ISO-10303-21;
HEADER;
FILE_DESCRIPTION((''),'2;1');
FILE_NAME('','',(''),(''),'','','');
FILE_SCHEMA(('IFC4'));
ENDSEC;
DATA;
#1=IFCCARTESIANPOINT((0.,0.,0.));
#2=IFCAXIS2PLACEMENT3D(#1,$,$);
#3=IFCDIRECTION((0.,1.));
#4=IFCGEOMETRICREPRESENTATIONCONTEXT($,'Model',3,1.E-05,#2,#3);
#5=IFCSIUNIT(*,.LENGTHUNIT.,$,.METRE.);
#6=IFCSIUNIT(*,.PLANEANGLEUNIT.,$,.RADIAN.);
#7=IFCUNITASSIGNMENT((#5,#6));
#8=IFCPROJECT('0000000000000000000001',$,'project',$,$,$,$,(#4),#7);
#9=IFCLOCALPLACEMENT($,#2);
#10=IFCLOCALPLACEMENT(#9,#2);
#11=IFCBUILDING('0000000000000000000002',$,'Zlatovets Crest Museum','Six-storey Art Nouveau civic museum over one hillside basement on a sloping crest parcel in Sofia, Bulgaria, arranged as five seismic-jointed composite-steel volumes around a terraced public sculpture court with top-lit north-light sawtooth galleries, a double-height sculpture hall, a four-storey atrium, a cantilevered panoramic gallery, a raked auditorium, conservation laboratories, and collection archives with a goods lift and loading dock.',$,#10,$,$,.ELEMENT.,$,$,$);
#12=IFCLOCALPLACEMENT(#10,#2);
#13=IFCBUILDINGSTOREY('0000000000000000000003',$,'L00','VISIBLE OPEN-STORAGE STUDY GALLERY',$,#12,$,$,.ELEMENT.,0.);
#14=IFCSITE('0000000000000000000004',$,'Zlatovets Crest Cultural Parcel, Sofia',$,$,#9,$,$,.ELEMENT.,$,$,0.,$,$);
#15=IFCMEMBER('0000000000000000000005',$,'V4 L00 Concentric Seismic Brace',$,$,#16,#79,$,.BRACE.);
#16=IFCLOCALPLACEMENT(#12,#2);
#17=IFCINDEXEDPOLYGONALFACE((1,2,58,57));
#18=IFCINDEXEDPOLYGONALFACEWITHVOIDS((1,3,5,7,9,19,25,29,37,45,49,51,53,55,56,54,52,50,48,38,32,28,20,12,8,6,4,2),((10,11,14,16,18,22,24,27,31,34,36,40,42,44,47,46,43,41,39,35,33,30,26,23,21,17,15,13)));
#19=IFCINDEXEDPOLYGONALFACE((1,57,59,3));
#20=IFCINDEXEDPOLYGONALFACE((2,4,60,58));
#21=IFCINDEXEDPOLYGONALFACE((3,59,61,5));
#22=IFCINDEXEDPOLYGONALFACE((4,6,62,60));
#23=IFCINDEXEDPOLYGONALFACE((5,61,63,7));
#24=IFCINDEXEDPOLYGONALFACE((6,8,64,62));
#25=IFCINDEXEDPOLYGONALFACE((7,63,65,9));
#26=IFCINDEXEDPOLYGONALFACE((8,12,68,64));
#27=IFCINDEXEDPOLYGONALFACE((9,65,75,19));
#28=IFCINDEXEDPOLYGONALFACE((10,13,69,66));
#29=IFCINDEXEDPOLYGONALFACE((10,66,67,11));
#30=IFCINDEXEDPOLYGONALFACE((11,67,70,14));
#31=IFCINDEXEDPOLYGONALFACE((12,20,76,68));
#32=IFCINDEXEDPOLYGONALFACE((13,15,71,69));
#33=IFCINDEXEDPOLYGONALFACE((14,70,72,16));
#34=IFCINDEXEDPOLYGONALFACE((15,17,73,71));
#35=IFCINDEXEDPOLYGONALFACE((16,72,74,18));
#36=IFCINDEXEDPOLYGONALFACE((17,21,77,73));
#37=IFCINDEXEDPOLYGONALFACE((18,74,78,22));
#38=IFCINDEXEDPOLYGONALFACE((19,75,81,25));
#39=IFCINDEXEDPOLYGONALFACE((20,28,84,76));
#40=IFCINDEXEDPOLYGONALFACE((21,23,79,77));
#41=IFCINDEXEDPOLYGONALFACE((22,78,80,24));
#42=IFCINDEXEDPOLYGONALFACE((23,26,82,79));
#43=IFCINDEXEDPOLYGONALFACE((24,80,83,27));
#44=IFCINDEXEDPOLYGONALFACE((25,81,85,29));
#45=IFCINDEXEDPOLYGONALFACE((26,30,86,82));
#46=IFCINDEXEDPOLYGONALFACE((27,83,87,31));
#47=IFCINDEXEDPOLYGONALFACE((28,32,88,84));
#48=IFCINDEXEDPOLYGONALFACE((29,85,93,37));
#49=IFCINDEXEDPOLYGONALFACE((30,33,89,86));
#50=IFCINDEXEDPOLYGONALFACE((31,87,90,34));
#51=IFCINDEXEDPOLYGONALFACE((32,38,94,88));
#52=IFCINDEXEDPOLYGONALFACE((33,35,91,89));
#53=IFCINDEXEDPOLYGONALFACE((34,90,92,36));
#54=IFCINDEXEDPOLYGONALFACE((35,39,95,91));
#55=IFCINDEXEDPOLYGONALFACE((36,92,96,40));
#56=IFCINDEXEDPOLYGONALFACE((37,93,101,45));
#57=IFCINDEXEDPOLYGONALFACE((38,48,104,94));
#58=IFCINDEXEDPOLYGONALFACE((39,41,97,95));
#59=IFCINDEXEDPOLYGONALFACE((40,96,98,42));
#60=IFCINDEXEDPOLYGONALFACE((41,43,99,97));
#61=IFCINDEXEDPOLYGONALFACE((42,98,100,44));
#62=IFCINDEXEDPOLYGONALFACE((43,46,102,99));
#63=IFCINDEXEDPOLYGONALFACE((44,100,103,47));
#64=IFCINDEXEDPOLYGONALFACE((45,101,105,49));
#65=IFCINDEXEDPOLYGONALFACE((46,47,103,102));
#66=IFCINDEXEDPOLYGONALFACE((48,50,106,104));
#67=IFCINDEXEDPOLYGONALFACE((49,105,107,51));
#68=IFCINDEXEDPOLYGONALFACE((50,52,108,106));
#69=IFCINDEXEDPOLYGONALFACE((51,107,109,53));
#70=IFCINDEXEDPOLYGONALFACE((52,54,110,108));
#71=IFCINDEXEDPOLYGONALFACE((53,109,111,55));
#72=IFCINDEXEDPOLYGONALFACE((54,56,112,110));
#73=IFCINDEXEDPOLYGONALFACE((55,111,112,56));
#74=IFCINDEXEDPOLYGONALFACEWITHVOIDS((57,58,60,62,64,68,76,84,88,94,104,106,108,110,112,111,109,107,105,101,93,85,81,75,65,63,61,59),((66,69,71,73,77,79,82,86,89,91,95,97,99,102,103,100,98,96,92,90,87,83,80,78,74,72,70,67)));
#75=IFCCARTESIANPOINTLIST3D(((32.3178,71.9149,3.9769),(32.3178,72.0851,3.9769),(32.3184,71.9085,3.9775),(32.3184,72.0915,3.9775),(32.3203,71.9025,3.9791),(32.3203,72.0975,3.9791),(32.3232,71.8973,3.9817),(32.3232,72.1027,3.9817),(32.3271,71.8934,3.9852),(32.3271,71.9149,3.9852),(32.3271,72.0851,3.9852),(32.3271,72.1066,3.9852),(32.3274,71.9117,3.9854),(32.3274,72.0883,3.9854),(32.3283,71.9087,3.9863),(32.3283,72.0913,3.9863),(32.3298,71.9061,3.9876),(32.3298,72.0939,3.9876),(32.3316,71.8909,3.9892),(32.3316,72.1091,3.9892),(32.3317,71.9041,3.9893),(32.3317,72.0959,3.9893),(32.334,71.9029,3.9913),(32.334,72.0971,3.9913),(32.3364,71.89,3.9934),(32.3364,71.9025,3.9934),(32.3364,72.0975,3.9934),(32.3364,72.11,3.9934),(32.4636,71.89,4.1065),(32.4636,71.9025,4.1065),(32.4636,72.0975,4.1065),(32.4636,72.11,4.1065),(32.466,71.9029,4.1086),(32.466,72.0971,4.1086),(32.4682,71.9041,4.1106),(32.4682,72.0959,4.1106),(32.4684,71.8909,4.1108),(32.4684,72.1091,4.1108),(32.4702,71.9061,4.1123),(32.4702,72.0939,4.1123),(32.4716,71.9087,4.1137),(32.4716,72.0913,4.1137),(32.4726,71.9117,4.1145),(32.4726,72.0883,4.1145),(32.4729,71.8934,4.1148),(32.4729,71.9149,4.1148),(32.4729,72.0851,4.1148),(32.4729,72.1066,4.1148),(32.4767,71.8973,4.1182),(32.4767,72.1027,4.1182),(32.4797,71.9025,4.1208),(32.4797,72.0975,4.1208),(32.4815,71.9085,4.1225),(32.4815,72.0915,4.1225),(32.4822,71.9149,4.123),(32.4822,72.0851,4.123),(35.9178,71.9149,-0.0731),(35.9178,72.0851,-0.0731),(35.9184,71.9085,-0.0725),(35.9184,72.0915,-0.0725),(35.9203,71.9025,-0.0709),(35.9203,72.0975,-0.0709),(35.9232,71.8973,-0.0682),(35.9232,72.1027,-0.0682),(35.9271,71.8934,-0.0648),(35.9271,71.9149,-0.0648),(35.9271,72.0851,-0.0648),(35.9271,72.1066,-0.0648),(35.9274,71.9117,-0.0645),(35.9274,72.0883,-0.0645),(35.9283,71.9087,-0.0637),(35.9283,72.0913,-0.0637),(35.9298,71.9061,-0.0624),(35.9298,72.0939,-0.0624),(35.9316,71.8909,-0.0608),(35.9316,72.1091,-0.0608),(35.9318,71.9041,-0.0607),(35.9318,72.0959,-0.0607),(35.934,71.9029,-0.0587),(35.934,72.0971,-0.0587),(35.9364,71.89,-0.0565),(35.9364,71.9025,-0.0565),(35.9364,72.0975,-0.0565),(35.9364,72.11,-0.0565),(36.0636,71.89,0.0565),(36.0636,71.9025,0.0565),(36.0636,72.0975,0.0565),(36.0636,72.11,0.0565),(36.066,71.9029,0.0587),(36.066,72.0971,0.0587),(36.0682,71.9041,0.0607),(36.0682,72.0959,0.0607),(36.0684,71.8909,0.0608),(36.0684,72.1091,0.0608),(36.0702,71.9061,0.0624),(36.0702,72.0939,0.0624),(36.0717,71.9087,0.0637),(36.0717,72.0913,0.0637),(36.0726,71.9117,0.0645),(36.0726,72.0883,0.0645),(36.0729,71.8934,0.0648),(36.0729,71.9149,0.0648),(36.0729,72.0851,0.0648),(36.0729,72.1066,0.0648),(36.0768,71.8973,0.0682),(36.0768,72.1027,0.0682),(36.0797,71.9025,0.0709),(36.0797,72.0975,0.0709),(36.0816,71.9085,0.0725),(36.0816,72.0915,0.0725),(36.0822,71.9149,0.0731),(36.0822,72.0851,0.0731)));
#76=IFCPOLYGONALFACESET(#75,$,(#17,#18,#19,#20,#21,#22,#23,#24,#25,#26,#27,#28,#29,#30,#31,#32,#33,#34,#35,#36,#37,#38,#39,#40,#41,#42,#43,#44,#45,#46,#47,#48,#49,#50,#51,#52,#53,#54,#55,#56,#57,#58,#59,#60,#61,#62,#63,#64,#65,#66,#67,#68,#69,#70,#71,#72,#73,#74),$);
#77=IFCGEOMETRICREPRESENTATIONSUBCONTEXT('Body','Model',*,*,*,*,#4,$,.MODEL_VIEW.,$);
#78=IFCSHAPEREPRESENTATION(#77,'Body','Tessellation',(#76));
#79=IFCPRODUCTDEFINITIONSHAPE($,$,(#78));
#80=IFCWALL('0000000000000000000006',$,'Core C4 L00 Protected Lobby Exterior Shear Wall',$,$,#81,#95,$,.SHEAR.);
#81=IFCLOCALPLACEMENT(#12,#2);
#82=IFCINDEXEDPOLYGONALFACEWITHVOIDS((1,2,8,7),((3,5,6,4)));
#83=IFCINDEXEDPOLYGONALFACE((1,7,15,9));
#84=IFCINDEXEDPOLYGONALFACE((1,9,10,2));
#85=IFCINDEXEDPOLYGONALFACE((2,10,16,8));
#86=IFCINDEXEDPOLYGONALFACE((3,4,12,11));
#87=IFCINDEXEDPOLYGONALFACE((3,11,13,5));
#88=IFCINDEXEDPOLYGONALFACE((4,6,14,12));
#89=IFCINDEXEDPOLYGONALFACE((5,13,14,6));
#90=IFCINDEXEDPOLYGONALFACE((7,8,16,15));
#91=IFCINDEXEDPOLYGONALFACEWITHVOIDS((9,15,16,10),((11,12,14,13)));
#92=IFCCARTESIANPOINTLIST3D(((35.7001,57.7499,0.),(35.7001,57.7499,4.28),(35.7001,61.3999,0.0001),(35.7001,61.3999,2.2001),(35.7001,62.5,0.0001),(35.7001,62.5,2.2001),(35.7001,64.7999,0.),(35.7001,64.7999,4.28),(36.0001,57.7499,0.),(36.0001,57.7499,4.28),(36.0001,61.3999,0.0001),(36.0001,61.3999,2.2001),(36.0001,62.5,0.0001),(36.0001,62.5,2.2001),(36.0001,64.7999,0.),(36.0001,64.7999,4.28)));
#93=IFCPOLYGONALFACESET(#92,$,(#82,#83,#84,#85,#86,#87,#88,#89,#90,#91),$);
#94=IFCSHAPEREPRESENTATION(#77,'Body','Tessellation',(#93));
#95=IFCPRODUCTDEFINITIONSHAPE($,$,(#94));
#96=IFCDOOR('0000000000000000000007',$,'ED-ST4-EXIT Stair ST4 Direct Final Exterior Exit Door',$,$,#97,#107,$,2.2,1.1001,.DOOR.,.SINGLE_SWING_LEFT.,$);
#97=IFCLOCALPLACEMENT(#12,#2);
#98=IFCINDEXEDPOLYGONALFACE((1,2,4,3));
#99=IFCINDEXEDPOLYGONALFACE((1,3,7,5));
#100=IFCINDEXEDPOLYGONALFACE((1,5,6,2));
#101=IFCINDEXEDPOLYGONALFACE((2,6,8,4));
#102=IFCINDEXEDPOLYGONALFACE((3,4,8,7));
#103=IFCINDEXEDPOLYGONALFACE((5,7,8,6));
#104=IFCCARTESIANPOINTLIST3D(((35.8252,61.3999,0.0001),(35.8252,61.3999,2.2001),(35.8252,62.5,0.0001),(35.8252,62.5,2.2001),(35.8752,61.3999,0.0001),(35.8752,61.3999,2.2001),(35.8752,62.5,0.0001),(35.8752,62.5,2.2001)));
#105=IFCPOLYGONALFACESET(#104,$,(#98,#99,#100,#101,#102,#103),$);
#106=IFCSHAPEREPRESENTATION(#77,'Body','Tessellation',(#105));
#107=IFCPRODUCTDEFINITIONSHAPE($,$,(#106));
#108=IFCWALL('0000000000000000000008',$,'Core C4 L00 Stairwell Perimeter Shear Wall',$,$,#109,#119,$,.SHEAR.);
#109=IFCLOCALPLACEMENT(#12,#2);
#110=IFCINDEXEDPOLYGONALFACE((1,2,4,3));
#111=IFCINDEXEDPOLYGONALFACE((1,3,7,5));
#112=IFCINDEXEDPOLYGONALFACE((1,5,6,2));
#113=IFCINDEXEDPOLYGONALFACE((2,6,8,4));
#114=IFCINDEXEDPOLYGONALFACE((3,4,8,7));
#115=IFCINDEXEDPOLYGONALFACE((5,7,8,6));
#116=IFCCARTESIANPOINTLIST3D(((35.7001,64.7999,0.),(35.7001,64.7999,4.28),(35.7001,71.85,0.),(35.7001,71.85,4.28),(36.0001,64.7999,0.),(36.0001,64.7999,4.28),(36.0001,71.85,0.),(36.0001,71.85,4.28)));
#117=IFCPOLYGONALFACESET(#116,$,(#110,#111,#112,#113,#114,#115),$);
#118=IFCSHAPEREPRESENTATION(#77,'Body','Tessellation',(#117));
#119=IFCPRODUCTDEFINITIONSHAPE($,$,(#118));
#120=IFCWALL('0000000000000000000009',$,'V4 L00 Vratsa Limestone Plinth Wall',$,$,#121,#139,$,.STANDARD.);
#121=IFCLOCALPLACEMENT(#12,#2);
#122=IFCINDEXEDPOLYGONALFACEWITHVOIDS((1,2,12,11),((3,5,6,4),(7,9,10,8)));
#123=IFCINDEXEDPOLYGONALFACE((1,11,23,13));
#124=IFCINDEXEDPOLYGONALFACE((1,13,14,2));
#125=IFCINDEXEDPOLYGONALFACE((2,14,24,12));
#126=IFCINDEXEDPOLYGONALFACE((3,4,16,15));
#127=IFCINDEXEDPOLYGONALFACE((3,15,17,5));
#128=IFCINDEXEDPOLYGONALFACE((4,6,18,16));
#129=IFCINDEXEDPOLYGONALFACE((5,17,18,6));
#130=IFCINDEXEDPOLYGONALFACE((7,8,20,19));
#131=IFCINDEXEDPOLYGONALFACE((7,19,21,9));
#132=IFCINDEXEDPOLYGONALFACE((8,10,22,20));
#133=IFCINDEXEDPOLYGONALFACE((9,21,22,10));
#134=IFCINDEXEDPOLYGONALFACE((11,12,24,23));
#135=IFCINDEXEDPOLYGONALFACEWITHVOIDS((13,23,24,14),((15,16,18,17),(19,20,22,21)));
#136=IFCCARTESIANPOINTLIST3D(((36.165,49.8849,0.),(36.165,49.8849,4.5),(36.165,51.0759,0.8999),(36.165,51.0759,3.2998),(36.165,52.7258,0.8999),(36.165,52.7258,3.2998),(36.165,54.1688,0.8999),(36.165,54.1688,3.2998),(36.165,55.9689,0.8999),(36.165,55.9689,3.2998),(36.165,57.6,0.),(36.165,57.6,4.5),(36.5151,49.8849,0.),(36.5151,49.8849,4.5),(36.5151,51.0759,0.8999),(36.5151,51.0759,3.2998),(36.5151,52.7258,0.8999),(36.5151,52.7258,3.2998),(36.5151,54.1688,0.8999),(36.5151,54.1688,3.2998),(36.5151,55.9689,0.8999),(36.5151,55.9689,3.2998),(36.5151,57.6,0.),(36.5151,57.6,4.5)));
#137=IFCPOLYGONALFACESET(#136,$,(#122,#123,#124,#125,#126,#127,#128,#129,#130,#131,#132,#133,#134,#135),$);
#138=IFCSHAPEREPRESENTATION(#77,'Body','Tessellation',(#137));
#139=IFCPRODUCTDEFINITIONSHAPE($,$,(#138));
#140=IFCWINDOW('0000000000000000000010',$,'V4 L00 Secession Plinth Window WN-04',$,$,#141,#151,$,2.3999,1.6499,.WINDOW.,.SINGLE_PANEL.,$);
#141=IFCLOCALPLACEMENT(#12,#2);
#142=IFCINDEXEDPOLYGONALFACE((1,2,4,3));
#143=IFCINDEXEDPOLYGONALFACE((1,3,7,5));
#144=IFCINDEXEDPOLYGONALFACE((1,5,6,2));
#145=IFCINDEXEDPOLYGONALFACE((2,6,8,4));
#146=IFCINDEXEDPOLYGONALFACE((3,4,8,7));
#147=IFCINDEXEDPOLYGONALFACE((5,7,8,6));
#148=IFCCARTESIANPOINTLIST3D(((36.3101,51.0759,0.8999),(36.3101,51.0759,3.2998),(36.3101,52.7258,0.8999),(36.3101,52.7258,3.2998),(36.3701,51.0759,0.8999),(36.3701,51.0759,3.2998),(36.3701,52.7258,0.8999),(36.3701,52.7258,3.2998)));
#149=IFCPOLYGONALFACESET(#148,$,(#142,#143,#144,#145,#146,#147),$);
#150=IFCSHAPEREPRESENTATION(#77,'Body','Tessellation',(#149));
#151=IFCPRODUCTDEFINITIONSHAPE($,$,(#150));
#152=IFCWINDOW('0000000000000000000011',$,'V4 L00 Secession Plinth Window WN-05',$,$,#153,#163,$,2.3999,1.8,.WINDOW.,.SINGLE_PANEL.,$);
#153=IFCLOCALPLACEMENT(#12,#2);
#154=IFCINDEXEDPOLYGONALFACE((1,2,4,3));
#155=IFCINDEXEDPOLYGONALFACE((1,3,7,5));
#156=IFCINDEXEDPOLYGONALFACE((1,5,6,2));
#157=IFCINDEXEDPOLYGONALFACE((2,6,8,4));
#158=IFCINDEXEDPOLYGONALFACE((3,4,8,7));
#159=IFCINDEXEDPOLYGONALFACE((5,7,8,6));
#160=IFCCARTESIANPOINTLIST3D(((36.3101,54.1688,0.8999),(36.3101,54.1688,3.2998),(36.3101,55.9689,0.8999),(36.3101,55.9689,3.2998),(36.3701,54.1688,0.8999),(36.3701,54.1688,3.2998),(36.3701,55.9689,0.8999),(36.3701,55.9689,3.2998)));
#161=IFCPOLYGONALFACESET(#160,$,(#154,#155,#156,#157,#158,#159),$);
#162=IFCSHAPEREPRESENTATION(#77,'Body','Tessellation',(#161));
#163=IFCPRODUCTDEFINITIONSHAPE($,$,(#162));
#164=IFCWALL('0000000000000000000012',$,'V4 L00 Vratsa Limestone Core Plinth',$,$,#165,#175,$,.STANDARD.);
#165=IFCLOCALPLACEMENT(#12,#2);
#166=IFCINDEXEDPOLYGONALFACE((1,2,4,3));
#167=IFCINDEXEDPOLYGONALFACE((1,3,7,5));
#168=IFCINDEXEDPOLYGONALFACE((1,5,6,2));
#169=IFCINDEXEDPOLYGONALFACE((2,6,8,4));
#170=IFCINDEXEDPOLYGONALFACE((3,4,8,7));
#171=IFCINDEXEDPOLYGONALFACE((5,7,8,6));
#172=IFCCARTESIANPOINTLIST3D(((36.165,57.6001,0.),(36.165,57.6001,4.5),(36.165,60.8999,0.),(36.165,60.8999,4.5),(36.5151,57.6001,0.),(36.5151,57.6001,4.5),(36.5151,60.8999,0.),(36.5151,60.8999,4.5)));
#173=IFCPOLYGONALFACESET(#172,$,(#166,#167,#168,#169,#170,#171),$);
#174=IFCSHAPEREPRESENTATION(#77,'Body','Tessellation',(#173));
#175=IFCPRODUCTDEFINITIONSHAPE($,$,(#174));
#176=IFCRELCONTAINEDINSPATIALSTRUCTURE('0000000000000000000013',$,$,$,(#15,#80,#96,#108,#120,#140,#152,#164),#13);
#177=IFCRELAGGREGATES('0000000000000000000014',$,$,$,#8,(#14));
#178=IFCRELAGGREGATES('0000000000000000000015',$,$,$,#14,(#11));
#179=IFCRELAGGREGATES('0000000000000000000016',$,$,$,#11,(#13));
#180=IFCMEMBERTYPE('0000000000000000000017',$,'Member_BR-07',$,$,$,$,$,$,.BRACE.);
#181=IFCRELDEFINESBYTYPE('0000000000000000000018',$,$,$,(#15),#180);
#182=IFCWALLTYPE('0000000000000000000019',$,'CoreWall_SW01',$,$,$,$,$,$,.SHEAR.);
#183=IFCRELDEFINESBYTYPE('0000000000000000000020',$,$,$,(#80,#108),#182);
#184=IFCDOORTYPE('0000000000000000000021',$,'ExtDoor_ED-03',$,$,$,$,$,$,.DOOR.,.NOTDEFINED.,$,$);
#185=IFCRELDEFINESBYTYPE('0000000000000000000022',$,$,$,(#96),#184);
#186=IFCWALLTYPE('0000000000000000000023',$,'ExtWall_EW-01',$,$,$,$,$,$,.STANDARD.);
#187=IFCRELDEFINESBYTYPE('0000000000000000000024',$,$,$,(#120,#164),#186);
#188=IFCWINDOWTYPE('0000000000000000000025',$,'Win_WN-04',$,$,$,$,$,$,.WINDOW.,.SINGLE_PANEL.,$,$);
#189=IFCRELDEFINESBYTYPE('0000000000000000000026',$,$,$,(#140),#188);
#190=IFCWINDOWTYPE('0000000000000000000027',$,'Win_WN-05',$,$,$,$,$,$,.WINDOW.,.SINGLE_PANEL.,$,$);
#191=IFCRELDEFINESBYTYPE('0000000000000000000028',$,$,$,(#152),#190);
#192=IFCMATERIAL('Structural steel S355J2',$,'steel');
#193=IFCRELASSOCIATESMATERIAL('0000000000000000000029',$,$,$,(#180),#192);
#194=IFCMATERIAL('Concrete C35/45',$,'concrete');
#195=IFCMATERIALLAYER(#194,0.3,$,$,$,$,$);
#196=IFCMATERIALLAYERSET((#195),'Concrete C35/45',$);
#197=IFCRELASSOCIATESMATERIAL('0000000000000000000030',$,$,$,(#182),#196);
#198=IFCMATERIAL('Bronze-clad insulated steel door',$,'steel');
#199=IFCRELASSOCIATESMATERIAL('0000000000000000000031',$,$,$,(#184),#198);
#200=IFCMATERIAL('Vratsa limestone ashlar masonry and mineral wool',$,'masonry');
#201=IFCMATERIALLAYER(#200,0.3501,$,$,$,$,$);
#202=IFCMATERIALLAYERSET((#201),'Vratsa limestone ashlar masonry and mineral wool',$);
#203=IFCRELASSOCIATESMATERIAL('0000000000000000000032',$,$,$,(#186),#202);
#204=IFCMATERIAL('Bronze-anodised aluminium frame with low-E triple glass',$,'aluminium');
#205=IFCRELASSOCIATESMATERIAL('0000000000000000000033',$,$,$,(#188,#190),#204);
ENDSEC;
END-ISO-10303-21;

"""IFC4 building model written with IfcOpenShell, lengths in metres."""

from ifc_helpers import new_model, si_unit, direction, frame, frame_2d, origin, origin_2d, place, context, subcontext, project, spatial, rectangle, hollow_rectangle, extrude, material, layer, layer_set, material_profile, profile_set, type_object, element, fill, save


model = new_model("IFC4")

# Units and contexts
model_context = context("Model", 3, precision=1e-05, world=origin(), true_north=direction((0.0, 1.0)))
body_context = subcontext(model_context, "Body", "Model", "MODEL_VIEW")
ifc_project = project(units=[si_unit("LENGTHUNIT", "METRE"), si_unit("PLANEANGLEUNIT", "RADIAN")], contexts=[model_context])

# Site, building, storey
site_placement = place(None, origin())
site = spatial("IfcSite", under=ifc_project, at=site_placement, Name="Zlatovets Crest Cultural Parcel, Sofia", CompositionType="ELEMENT", RefElevation=0.0)
building_placement = place(site_placement, origin())
building = spatial("IfcBuilding", under=site, at=building_placement, Name="Zlatovets Crest Museum", Description="Six-storey Art Nouveau civic museum over one hillside basement on a sloping crest parcel in Sofia, Bulgaria, arranged as five seismic-jointed composite-steel volumes around a terraced public sculpture court with top-lit north-light sawtooth galleries, a double-height sculpture hall, a four-storey atrium, a cantilevered panoramic gallery, a raked auditorium, conservation laboratories, and collection archives with a goods lift and loading dock.", CompositionType="ELEMENT")
storey_placement = place(building_placement, origin())
storey = spatial("IfcBuildingStorey", under=building, at=storey_placement, Name="L00", Description="VISIBLE OPEN-STORAGE STUDY GALLERY", CompositionType="ELEMENT", Elevation=0.0)

# Shared definitions
ifc_material_1 = material(Name="Structural steel S355J2", Category="steel")

# Member
ifc_material_profile_1 = material_profile(ifc_material_1, hollow_rectangle(XDim=0.22, YDim=0.22, WallThickness=0.0125, InnerFilletRadius=0.0125, OuterFilletRadius=0.0249, at=origin_2d()), Name="SHS 220x220x12.5")
ifc_profile_set_1 = profile_set([ifc_material_profile_1], Name="Structural steel S355J2")
member_type = type_object("IfcMemberType", Name="Member_BR-07", PredefinedType="BRACE", material=ifc_profile_set_1)
member_placement = place(storey_placement, frame((36.0, 72.0, 0.0), z_axis=(-0.664369, 0.0, 0.747404), x_axis=(0.0, -1.0, 0.0)))
element("IfcMember", 1, at=member_placement, inside=storey, type_object=member_type, Name="V4 L00 Concentric Seismic Brace", PredefinedType="BRACE", context=body_context, shape_type="SweptSolid", body=[
    extrude(hollow_rectangle(XDim=0.22, YDim=0.22, WallThickness=0.0125, InnerFilletRadius=0.0125, OuterFilletRadius=0.0249, at=origin_2d()), origin(), (0.0, 0.0, 1.0), 5.4187),
])

# Wall, opening, door
ifc_material_2 = material(Name="Concrete C35/45", Category="concrete")
ifc_layer_1 = layer(ifc_material_2, 0.3)
ifc_layer_set_1 = layer_set([ifc_layer_1], Name="Concrete C35/45")
wall_type_1 = type_object("IfcWallType", Name="CoreWall_SW01", PredefinedType="SHEAR", material=ifc_layer_set_1)
wall_1_placement = place(storey_placement, frame((35.8501, 57.75, 0.0), z_axis=(0.0, 0.0, 1.0), x_axis=(0.0, 1.0, 0.0)))
wall_1 = element("IfcWall", 2, at=wall_1_placement, inside=storey, type_object=wall_type_1, Name="Core C4 L00 Protected Lobby Exterior Shear Wall", PredefinedType="SHEAR", context=body_context, shape_type="SweptSolid", body=[
    extrude(rectangle(XDim=7.05, YDim=0.3, at=frame_2d((3.5249, 0.0))), origin(), (0.0, 0.0, 1.0), 4.28),
])
opening_1_placement = place(wall_1_placement, frame((3.6499, 0.0, 0.0)))
opening_1 = element("IfcOpeningElement", 3, at=opening_1_placement, cuts=wall_1, PredefinedType="OPENING", context=body_context, shape_type="SweptSolid", body=[
    extrude(rectangle(XDim=1.1001, YDim=2.2, at=frame_2d((0.55, 1.1001))), frame((0.0, 0.1602, 0.0), z_axis=(0.0, -1.0, 0.0), x_axis=(1.0, 0.0, 0.0)), (0.0, 0.0, 1.0), 0.3201),
])
ifc_material_3 = material(Name="Bronze-clad insulated steel door", Category="steel")
door_type = type_object("IfcDoorType", Name="ExtDoor_ED-03", OperationType="NOTDEFINED", PredefinedType="DOOR", material=ifc_material_3)
door_placement = place(opening_1_placement, origin())
door = element("IfcDoor", 4, at=door_placement, inside=storey, type_object=door_type, Name="ED-ST4-EXIT Stair ST4 Direct Final Exterior Exit Door", OperationType="SINGLE_SWING_LEFT", OverallHeight=2.2, OverallWidth=1.1001, PredefinedType="DOOR", context=body_context, shape_type="SweptSolid", body=[
    extrude(rectangle(XDim=1.1001, YDim=2.2, at=frame_2d((0.55, 1.1001))), frame((0.0, 0.0249, 0.0), z_axis=(0.0, -1.0, 0.0), x_axis=(1.0, 0.0, 0.0)), (0.0, 0.0, 1.0), 0.05),
])
fill(opening_1, door)

# Wall
wall_2_placement = place(storey_placement, frame((35.8501, 64.8, 0.0), z_axis=(0.0, 0.0, 1.0), x_axis=(0.0, 1.0, 0.0)))
element("IfcWall", 5, at=wall_2_placement, inside=storey, type_object=wall_type_1, Name="Core C4 L00 Stairwell Perimeter Shear Wall", PredefinedType="SHEAR", context=body_context, shape_type="SweptSolid", body=[
    extrude(rectangle(XDim=7.05, YDim=0.3, at=frame_2d((3.5249, 0.0))), origin(), (0.0, 0.0, 1.0), 4.28),
])

# Wall, openings, windows
ifc_material_4 = material(Name="Vratsa limestone ashlar masonry and mineral wool", Category="masonry")
ifc_layer_2 = layer(ifc_material_4, 0.3501)
ifc_layer_set_2 = layer_set([ifc_layer_2], Name="Vratsa limestone ashlar masonry and mineral wool")
wall_type_2 = type_object("IfcWallType", Name="ExtWall_EW-01", PredefinedType="STANDARD", material=ifc_layer_set_2)
wall_3_placement = place(storey_placement, frame((36.3401, 49.885, 0.0), z_axis=(0.0, 0.0, 1.0), x_axis=(0.0, 1.0, 0.0)))
wall_3 = element("IfcWall", 6, at=wall_3_placement, inside=storey, type_object=wall_type_2, Name="V4 L00 Vratsa Limestone Plinth Wall", PredefinedType="STANDARD", context=body_context, shape_type="SweptSolid", body=[
    extrude(rectangle(XDim=7.7151, YDim=0.3501, at=frame_2d((3.8574, 0.0))), origin(), (0.0, 0.0, 1.0), 4.5),
])
opening_2_placement = place(wall_3_placement, frame((1.1909, 0.0, 0.8999)))
opening_2 = element("IfcOpeningElement", 7, at=opening_2_placement, cuts=wall_3, PredefinedType="OPENING", context=body_context, shape_type="SweptSolid", body=[
    extrude(rectangle(XDim=1.6499, YDim=2.3999, at=frame_2d((0.825, 1.2))), frame((0.0, 0.1851, 0.0), z_axis=(0.0, -1.0, 0.0), x_axis=(1.0, 0.0, 0.0)), (0.0, 0.0, 1.0), 0.3701),
])
opening_3_placement = place(wall_3_placement, frame((4.2839, 0.0, 0.8999)))
opening_3 = element("IfcOpeningElement", 8, at=opening_3_placement, cuts=wall_3, PredefinedType="OPENING", context=body_context, shape_type="SweptSolid", body=[
    extrude(rectangle(XDim=1.8, YDim=2.3999, at=frame_2d((0.8999, 1.2))), frame((0.0, 0.1851, 0.0), z_axis=(0.0, -1.0, 0.0), x_axis=(1.0, 0.0, 0.0)), (0.0, 0.0, 1.0), 0.3701),
])
ifc_material_5 = material(Name="Bronze-anodised aluminium frame with low-E triple glass", Category="aluminium")
window_type_1 = type_object("IfcWindowType", Name="Win_WN-04", PartitioningType="SINGLE_PANEL", PredefinedType="WINDOW", material=ifc_material_5)
window_1_placement = place(opening_2_placement, origin())
window_1 = element("IfcWindow", 9, at=window_1_placement, inside=storey, type_object=window_type_1, Name="V4 L00 Secession Plinth Window WN-04", OverallHeight=2.3999, OverallWidth=1.6499, PartitioningType="SINGLE_PANEL", PredefinedType="WINDOW", context=body_context, shape_type="SweptSolid", body=[
    extrude(rectangle(XDim=1.6499, YDim=2.3999, at=frame_2d((0.825, 1.2))), frame((0.0, 0.03, 0.0), z_axis=(0.0, -1.0, 0.0), x_axis=(1.0, 0.0, 0.0)), (0.0, 0.0, 1.0), 0.0601),
])
fill(opening_2, window_1)
window_type_2 = type_object("IfcWindowType", Name="Win_WN-05", PartitioningType="SINGLE_PANEL", PredefinedType="WINDOW", material=ifc_material_5)
window_2_placement = place(opening_3_placement, origin())
window_2 = element("IfcWindow", 10, at=window_2_placement, inside=storey, type_object=window_type_2, Name="V4 L00 Secession Plinth Window WN-05", OverallHeight=2.3999, OverallWidth=1.8, PartitioningType="SINGLE_PANEL", PredefinedType="WINDOW", context=body_context, shape_type="SweptSolid", body=[
    extrude(rectangle(XDim=1.8, YDim=2.3999, at=frame_2d((0.8999, 1.2))), frame((0.0, 0.03, 0.0), z_axis=(0.0, -1.0, 0.0), x_axis=(1.0, 0.0, 0.0)), (0.0, 0.0, 1.0), 0.0601),
])
fill(opening_3, window_2)

# Wall
wall_4_placement = place(storey_placement, frame((36.3401, 57.6001, 0.0), z_axis=(0.0, 0.0, 1.0), x_axis=(0.0, 1.0, 0.0)))
element("IfcWall", 11, at=wall_4_placement, inside=storey, type_object=wall_type_2, Name="V4 L00 Vratsa Limestone Core Plinth", PredefinedType="STANDARD", context=body_context, shape_type="SweptSolid", body=[
    extrude(rectangle(XDim=3.2998, YDim=0.3501, at=frame_2d((1.6499, 0.0))), origin(), (0.0, 0.0, 1.0), 4.5),
])

save(model, "model.ifc")
